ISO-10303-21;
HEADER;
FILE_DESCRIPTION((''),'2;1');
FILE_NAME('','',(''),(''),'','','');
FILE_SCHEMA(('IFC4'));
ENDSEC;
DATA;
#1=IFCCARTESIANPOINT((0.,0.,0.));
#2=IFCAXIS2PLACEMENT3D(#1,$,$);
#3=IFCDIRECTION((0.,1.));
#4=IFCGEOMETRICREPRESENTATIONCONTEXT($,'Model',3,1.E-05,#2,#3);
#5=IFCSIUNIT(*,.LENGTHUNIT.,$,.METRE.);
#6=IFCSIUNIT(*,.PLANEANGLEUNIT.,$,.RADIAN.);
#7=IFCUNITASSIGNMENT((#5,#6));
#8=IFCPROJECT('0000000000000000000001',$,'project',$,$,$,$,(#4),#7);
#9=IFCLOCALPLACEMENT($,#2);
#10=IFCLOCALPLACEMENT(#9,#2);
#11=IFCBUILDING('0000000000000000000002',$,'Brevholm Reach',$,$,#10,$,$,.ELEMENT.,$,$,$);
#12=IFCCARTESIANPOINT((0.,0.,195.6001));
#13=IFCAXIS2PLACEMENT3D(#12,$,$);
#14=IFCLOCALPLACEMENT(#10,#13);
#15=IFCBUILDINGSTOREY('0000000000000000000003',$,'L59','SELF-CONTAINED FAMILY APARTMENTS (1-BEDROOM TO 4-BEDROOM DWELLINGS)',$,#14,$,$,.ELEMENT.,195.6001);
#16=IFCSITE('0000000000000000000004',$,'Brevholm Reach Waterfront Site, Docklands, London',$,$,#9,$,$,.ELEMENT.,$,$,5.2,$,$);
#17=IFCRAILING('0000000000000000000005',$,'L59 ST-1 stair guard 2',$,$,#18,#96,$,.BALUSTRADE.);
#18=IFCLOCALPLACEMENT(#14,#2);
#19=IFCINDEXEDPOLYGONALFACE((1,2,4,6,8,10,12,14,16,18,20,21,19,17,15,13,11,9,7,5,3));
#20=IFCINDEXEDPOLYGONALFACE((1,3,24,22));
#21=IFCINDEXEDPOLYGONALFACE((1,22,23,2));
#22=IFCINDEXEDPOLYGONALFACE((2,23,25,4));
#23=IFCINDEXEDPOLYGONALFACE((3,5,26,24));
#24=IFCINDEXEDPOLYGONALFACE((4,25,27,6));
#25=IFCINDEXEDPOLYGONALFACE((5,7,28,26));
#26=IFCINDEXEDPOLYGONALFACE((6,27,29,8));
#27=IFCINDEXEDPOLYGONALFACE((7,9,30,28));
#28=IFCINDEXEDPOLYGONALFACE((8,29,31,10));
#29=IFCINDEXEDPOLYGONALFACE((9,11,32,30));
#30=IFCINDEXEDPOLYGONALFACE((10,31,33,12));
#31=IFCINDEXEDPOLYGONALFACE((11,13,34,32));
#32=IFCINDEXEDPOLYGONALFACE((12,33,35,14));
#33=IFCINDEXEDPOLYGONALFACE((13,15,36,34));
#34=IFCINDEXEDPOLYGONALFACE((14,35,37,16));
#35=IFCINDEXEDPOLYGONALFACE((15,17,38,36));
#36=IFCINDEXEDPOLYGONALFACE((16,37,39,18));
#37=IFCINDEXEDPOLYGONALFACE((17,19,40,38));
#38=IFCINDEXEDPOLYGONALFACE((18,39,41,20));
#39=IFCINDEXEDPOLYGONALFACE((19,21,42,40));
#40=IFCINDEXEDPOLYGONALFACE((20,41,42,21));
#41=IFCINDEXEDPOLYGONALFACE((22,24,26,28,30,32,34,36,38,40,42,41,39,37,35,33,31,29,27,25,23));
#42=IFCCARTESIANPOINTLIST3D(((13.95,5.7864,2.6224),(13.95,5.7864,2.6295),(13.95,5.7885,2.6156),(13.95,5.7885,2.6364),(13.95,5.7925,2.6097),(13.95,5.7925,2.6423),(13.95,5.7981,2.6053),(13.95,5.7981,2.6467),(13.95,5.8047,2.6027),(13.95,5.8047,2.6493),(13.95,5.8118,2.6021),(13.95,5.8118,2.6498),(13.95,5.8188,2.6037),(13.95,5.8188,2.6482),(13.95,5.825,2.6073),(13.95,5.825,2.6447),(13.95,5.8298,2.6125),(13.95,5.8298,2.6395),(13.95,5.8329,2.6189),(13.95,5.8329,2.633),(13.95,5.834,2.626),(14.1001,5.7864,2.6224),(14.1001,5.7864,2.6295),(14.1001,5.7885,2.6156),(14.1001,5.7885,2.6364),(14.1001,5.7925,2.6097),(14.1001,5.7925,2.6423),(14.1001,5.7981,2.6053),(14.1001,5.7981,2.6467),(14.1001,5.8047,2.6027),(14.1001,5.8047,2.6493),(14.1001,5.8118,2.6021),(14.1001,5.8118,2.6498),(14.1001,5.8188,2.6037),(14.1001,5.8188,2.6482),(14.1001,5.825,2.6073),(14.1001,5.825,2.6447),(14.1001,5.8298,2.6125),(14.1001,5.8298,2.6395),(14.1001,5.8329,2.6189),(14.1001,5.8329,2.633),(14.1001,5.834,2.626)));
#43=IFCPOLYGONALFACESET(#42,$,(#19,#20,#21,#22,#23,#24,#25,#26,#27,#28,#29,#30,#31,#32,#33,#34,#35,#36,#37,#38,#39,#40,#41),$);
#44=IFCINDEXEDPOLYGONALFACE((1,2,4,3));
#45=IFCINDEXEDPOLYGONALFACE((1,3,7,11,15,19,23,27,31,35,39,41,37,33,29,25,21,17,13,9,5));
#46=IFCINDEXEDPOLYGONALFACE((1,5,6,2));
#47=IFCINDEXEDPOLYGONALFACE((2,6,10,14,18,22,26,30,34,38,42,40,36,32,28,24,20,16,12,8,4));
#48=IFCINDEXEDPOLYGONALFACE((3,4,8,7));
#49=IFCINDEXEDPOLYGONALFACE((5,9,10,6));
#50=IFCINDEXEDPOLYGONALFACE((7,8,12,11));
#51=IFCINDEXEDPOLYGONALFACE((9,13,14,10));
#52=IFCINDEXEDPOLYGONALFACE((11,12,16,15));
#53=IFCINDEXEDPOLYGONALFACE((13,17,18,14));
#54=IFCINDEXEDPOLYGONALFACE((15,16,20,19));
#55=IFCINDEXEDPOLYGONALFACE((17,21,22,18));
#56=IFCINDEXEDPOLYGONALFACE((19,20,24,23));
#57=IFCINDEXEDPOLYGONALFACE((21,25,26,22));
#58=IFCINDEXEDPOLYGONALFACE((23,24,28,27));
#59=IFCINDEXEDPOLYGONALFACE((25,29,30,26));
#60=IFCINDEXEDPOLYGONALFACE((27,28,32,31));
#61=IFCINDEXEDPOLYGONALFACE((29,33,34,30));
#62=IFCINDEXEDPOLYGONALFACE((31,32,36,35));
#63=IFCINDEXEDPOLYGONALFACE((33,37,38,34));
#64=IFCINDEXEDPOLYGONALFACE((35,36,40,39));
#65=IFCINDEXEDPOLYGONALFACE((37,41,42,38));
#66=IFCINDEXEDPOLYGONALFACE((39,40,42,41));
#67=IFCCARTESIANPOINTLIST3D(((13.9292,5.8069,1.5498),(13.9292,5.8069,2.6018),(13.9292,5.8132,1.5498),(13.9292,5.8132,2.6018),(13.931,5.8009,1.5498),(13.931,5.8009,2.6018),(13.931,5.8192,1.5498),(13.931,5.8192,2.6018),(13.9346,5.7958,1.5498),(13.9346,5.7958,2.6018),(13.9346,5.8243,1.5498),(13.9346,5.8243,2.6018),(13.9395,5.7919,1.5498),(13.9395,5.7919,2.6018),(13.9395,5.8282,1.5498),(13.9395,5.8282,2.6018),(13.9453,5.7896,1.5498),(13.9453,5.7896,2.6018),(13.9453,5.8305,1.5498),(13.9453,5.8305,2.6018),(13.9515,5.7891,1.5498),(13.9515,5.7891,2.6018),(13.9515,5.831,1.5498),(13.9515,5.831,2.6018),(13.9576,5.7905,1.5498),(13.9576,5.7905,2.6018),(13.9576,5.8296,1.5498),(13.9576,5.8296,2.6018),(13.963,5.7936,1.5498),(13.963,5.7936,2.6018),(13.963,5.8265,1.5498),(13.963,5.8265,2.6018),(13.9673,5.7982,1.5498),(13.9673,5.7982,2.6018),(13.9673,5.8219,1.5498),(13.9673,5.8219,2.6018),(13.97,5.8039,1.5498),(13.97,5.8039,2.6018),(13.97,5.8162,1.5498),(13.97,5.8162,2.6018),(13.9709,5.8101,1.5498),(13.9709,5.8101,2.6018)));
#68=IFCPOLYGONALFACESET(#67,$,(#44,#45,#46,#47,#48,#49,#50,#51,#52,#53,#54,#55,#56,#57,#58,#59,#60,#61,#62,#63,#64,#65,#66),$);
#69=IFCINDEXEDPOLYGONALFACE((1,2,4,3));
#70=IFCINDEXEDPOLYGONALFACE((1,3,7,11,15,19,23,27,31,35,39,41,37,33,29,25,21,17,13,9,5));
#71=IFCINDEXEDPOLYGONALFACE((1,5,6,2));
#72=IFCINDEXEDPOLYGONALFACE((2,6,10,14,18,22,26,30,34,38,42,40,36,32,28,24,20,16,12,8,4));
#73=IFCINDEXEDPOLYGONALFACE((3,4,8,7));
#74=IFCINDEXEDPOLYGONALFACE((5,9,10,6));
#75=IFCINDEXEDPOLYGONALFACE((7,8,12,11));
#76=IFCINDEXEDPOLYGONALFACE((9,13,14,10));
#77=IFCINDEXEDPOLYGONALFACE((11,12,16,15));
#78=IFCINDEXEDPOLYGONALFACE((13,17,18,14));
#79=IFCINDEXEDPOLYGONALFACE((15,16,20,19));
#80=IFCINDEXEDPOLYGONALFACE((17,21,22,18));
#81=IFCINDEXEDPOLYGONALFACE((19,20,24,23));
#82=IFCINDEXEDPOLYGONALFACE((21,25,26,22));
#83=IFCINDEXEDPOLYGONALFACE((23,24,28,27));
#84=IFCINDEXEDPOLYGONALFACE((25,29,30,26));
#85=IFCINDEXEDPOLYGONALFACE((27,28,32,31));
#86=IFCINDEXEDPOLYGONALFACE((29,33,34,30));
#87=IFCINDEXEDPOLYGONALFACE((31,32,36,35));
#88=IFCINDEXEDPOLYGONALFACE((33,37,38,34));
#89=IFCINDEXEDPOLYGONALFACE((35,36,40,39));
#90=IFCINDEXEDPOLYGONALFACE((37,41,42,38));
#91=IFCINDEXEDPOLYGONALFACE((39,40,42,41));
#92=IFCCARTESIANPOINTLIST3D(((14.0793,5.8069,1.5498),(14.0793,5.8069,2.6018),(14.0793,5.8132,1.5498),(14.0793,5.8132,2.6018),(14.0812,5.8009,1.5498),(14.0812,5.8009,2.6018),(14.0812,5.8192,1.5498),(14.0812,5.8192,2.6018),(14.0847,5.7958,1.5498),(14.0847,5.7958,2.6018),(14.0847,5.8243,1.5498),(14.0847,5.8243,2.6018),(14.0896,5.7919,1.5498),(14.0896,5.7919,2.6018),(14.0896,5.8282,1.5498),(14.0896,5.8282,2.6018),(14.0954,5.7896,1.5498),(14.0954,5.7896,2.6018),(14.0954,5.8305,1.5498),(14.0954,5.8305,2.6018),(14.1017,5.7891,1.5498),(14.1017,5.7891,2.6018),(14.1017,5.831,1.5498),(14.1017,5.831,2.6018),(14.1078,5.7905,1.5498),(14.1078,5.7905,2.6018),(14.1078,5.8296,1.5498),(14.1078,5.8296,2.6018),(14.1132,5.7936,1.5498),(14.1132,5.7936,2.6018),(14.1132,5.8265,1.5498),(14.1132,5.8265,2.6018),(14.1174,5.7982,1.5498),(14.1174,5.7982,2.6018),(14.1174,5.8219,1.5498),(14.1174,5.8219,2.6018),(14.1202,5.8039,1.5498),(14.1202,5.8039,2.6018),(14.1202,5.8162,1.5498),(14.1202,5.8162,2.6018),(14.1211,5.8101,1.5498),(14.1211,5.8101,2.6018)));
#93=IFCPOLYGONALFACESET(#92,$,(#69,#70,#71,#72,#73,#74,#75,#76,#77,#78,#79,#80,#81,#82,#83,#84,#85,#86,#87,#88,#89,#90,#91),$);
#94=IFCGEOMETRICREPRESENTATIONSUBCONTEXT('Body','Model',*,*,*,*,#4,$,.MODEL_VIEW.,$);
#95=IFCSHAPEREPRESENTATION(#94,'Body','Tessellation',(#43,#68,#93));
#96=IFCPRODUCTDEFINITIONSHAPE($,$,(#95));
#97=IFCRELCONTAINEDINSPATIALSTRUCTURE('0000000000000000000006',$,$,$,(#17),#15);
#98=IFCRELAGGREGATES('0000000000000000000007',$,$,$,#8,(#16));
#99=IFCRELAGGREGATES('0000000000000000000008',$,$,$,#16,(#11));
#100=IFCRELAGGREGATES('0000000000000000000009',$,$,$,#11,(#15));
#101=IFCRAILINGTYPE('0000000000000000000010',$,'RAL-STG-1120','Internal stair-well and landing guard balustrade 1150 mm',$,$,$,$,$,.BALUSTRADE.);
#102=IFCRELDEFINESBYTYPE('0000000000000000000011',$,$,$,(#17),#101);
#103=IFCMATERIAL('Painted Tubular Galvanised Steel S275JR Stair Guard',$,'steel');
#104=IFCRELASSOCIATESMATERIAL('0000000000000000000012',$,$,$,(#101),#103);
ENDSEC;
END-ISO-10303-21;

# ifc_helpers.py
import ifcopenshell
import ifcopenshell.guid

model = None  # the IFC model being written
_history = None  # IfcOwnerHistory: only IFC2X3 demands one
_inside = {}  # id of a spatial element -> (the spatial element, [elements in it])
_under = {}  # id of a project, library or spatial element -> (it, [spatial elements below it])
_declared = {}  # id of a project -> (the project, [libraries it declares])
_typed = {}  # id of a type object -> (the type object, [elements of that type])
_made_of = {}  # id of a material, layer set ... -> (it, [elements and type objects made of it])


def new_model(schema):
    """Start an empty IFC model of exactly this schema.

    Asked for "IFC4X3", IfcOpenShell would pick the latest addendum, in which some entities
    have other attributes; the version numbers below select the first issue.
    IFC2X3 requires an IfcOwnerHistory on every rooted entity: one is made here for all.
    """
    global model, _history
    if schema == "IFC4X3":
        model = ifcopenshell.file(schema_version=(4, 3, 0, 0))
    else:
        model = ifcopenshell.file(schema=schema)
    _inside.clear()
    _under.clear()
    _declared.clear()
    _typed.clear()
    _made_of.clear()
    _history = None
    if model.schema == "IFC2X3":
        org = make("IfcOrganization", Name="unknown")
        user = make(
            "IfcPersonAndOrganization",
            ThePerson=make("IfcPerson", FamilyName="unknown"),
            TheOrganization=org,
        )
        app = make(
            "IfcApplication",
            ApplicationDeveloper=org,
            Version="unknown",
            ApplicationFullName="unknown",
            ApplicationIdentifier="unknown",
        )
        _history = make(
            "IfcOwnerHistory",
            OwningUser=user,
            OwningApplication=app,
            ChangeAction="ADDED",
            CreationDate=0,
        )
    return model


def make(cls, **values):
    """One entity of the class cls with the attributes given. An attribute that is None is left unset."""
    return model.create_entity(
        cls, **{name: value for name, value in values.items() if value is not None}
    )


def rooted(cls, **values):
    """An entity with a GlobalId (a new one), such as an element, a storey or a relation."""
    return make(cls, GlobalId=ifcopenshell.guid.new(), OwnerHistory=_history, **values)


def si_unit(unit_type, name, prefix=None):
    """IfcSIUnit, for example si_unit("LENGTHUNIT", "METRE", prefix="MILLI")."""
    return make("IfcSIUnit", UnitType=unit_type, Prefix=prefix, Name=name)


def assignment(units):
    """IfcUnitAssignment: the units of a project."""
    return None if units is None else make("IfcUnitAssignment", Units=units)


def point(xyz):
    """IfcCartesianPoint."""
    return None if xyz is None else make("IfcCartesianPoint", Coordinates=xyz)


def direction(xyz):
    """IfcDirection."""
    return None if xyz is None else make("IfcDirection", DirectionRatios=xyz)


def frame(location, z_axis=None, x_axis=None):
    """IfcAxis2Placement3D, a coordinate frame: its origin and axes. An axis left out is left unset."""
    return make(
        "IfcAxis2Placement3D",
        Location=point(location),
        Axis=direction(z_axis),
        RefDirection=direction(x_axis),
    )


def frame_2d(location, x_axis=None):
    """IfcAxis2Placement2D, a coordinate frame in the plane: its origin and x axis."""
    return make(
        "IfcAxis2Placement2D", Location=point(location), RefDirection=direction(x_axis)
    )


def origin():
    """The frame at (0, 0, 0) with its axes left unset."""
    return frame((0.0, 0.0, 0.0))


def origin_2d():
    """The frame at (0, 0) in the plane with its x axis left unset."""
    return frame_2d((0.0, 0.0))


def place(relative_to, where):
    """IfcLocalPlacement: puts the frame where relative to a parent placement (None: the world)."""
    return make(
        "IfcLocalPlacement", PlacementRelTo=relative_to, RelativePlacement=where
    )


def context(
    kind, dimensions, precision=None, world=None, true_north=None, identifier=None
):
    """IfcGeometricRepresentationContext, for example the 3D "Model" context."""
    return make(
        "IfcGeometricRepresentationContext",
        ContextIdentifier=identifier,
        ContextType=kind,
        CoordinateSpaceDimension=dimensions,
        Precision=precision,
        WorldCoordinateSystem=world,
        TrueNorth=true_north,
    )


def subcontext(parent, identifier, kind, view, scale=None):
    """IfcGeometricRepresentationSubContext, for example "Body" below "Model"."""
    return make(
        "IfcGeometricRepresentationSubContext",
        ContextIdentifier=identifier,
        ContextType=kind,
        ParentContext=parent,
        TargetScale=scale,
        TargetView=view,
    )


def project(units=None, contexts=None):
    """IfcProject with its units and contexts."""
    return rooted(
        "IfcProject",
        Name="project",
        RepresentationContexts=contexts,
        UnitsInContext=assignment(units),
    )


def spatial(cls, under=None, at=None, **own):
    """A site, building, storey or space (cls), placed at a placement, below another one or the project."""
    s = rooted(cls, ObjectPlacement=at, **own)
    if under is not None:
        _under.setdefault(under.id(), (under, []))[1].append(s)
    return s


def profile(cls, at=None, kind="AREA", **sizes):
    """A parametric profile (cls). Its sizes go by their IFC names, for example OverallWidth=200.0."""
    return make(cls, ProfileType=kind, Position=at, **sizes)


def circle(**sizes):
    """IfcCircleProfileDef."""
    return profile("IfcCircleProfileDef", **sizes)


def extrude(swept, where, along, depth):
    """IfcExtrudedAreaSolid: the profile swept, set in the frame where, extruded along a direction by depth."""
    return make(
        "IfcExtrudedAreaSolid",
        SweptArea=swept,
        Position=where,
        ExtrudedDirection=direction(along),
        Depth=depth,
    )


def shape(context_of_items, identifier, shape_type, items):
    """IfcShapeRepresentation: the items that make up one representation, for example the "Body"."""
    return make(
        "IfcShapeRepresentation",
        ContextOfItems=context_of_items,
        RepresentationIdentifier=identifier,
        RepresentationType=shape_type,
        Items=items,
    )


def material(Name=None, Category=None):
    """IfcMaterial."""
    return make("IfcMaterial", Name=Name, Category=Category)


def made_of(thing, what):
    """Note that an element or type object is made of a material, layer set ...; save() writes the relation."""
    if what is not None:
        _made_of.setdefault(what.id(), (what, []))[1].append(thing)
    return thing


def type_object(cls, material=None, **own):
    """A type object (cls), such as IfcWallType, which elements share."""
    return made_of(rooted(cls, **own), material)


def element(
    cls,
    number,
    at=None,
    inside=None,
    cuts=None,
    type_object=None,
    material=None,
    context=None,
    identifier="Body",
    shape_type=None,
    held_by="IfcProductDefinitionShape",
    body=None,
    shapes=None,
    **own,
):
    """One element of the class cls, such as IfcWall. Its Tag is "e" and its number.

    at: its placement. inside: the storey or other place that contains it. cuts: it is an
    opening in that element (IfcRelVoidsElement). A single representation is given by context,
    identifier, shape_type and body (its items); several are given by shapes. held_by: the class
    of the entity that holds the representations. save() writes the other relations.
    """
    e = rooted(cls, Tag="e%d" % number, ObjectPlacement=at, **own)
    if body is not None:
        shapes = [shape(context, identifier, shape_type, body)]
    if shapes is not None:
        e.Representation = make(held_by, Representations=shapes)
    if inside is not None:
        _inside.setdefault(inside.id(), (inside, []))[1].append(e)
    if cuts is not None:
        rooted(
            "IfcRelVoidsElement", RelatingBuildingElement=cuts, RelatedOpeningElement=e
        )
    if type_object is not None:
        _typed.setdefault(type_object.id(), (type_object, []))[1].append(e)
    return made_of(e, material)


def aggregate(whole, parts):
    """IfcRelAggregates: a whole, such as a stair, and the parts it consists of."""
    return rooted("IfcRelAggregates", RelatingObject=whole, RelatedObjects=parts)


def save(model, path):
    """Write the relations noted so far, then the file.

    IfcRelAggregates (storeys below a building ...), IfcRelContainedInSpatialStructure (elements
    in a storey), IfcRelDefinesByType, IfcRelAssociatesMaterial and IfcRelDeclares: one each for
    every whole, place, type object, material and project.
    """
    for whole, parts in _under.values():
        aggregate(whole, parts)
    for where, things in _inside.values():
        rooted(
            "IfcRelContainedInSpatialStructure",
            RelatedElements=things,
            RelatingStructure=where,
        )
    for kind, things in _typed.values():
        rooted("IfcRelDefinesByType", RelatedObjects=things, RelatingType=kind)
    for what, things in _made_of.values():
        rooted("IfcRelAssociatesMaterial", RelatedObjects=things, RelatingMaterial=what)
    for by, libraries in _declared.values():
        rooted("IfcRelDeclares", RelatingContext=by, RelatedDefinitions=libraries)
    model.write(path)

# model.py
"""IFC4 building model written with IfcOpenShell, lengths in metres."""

from ifc_helpers import new_model, si_unit, direction, frame, origin, origin_2d, place, context, subcontext, project, spatial, circle, extrude, material, type_object, element, save


model = new_model("IFC4")

# Units and contexts
model_context = context("Model", 3, precision=1e-05, world=origin(), true_north=direction((0.0, 1.0)))
body_context = subcontext(model_context, "Body", "Model", "MODEL_VIEW")
ifc_project = project(units=[si_unit("LENGTHUNIT", "METRE"), si_unit("PLANEANGLEUNIT", "RADIAN")], contexts=[model_context])

# Site, building, storey
site_placement = place(None, origin())
site = spatial("IfcSite", under=ifc_project, at=site_placement, Name="Brevholm Reach Waterfront Site, Docklands, London", CompositionType="ELEMENT", RefElevation=5.2)
building_placement = place(site_placement, origin())
building = spatial("IfcBuilding", under=site, at=building_placement, Name="Brevholm Reach", CompositionType="ELEMENT")
storey_placement = place(building_placement, frame((0.0, 0.0, 195.6001)))
storey = spatial("IfcBuildingStorey", under=building, at=storey_placement, Name="L59", Description="SELF-CONTAINED FAMILY APARTMENTS (1-BEDROOM TO 4-BEDROOM DWELLINGS)", CompositionType="ELEMENT", Elevation=195.6001)

# Railing
ifc_material_1 = material(Name="Painted Tubular Galvanised Steel S275JR Stair Guard", Category="steel")
railing_type_1 = type_object("IfcRailingType", Name="RAL-STG-1120", Description="Internal stair-well and landing guard balustrade 1150 mm", PredefinedType="BALUSTRADE", material=ifc_material_1)
railing_1_placement = place(storey_placement, frame((13.95, 5.8101, 1.5498)))
element("IfcRailing", 1, at=railing_1_placement, inside=storey, type_object=railing_type_1, Name="L59 ST-1 stair guard 2", PredefinedType="BALUSTRADE", context=body_context, shape_type="SweptSolid", body=[
    extrude(circle(Radius=0.0239, at=origin_2d()), frame((0.0, 0.0, 1.0762), z_axis=(1.0, 0.0, 0.0), x_axis=(0.0, 1.0, 0.0)), (0.0, 0.0, 1.0), 0.1501),
    extrude(circle(Radius=0.021, at=origin_2d()), origin(), (0.0, 0.0, 1.0), 1.052),
    extrude(circle(Radius=0.021, at=origin_2d()), frame((0.1501, 0.0, 0.0)), (0.0, 0.0, 1.0), 1.052),
])

save(model, "model.ifc")
